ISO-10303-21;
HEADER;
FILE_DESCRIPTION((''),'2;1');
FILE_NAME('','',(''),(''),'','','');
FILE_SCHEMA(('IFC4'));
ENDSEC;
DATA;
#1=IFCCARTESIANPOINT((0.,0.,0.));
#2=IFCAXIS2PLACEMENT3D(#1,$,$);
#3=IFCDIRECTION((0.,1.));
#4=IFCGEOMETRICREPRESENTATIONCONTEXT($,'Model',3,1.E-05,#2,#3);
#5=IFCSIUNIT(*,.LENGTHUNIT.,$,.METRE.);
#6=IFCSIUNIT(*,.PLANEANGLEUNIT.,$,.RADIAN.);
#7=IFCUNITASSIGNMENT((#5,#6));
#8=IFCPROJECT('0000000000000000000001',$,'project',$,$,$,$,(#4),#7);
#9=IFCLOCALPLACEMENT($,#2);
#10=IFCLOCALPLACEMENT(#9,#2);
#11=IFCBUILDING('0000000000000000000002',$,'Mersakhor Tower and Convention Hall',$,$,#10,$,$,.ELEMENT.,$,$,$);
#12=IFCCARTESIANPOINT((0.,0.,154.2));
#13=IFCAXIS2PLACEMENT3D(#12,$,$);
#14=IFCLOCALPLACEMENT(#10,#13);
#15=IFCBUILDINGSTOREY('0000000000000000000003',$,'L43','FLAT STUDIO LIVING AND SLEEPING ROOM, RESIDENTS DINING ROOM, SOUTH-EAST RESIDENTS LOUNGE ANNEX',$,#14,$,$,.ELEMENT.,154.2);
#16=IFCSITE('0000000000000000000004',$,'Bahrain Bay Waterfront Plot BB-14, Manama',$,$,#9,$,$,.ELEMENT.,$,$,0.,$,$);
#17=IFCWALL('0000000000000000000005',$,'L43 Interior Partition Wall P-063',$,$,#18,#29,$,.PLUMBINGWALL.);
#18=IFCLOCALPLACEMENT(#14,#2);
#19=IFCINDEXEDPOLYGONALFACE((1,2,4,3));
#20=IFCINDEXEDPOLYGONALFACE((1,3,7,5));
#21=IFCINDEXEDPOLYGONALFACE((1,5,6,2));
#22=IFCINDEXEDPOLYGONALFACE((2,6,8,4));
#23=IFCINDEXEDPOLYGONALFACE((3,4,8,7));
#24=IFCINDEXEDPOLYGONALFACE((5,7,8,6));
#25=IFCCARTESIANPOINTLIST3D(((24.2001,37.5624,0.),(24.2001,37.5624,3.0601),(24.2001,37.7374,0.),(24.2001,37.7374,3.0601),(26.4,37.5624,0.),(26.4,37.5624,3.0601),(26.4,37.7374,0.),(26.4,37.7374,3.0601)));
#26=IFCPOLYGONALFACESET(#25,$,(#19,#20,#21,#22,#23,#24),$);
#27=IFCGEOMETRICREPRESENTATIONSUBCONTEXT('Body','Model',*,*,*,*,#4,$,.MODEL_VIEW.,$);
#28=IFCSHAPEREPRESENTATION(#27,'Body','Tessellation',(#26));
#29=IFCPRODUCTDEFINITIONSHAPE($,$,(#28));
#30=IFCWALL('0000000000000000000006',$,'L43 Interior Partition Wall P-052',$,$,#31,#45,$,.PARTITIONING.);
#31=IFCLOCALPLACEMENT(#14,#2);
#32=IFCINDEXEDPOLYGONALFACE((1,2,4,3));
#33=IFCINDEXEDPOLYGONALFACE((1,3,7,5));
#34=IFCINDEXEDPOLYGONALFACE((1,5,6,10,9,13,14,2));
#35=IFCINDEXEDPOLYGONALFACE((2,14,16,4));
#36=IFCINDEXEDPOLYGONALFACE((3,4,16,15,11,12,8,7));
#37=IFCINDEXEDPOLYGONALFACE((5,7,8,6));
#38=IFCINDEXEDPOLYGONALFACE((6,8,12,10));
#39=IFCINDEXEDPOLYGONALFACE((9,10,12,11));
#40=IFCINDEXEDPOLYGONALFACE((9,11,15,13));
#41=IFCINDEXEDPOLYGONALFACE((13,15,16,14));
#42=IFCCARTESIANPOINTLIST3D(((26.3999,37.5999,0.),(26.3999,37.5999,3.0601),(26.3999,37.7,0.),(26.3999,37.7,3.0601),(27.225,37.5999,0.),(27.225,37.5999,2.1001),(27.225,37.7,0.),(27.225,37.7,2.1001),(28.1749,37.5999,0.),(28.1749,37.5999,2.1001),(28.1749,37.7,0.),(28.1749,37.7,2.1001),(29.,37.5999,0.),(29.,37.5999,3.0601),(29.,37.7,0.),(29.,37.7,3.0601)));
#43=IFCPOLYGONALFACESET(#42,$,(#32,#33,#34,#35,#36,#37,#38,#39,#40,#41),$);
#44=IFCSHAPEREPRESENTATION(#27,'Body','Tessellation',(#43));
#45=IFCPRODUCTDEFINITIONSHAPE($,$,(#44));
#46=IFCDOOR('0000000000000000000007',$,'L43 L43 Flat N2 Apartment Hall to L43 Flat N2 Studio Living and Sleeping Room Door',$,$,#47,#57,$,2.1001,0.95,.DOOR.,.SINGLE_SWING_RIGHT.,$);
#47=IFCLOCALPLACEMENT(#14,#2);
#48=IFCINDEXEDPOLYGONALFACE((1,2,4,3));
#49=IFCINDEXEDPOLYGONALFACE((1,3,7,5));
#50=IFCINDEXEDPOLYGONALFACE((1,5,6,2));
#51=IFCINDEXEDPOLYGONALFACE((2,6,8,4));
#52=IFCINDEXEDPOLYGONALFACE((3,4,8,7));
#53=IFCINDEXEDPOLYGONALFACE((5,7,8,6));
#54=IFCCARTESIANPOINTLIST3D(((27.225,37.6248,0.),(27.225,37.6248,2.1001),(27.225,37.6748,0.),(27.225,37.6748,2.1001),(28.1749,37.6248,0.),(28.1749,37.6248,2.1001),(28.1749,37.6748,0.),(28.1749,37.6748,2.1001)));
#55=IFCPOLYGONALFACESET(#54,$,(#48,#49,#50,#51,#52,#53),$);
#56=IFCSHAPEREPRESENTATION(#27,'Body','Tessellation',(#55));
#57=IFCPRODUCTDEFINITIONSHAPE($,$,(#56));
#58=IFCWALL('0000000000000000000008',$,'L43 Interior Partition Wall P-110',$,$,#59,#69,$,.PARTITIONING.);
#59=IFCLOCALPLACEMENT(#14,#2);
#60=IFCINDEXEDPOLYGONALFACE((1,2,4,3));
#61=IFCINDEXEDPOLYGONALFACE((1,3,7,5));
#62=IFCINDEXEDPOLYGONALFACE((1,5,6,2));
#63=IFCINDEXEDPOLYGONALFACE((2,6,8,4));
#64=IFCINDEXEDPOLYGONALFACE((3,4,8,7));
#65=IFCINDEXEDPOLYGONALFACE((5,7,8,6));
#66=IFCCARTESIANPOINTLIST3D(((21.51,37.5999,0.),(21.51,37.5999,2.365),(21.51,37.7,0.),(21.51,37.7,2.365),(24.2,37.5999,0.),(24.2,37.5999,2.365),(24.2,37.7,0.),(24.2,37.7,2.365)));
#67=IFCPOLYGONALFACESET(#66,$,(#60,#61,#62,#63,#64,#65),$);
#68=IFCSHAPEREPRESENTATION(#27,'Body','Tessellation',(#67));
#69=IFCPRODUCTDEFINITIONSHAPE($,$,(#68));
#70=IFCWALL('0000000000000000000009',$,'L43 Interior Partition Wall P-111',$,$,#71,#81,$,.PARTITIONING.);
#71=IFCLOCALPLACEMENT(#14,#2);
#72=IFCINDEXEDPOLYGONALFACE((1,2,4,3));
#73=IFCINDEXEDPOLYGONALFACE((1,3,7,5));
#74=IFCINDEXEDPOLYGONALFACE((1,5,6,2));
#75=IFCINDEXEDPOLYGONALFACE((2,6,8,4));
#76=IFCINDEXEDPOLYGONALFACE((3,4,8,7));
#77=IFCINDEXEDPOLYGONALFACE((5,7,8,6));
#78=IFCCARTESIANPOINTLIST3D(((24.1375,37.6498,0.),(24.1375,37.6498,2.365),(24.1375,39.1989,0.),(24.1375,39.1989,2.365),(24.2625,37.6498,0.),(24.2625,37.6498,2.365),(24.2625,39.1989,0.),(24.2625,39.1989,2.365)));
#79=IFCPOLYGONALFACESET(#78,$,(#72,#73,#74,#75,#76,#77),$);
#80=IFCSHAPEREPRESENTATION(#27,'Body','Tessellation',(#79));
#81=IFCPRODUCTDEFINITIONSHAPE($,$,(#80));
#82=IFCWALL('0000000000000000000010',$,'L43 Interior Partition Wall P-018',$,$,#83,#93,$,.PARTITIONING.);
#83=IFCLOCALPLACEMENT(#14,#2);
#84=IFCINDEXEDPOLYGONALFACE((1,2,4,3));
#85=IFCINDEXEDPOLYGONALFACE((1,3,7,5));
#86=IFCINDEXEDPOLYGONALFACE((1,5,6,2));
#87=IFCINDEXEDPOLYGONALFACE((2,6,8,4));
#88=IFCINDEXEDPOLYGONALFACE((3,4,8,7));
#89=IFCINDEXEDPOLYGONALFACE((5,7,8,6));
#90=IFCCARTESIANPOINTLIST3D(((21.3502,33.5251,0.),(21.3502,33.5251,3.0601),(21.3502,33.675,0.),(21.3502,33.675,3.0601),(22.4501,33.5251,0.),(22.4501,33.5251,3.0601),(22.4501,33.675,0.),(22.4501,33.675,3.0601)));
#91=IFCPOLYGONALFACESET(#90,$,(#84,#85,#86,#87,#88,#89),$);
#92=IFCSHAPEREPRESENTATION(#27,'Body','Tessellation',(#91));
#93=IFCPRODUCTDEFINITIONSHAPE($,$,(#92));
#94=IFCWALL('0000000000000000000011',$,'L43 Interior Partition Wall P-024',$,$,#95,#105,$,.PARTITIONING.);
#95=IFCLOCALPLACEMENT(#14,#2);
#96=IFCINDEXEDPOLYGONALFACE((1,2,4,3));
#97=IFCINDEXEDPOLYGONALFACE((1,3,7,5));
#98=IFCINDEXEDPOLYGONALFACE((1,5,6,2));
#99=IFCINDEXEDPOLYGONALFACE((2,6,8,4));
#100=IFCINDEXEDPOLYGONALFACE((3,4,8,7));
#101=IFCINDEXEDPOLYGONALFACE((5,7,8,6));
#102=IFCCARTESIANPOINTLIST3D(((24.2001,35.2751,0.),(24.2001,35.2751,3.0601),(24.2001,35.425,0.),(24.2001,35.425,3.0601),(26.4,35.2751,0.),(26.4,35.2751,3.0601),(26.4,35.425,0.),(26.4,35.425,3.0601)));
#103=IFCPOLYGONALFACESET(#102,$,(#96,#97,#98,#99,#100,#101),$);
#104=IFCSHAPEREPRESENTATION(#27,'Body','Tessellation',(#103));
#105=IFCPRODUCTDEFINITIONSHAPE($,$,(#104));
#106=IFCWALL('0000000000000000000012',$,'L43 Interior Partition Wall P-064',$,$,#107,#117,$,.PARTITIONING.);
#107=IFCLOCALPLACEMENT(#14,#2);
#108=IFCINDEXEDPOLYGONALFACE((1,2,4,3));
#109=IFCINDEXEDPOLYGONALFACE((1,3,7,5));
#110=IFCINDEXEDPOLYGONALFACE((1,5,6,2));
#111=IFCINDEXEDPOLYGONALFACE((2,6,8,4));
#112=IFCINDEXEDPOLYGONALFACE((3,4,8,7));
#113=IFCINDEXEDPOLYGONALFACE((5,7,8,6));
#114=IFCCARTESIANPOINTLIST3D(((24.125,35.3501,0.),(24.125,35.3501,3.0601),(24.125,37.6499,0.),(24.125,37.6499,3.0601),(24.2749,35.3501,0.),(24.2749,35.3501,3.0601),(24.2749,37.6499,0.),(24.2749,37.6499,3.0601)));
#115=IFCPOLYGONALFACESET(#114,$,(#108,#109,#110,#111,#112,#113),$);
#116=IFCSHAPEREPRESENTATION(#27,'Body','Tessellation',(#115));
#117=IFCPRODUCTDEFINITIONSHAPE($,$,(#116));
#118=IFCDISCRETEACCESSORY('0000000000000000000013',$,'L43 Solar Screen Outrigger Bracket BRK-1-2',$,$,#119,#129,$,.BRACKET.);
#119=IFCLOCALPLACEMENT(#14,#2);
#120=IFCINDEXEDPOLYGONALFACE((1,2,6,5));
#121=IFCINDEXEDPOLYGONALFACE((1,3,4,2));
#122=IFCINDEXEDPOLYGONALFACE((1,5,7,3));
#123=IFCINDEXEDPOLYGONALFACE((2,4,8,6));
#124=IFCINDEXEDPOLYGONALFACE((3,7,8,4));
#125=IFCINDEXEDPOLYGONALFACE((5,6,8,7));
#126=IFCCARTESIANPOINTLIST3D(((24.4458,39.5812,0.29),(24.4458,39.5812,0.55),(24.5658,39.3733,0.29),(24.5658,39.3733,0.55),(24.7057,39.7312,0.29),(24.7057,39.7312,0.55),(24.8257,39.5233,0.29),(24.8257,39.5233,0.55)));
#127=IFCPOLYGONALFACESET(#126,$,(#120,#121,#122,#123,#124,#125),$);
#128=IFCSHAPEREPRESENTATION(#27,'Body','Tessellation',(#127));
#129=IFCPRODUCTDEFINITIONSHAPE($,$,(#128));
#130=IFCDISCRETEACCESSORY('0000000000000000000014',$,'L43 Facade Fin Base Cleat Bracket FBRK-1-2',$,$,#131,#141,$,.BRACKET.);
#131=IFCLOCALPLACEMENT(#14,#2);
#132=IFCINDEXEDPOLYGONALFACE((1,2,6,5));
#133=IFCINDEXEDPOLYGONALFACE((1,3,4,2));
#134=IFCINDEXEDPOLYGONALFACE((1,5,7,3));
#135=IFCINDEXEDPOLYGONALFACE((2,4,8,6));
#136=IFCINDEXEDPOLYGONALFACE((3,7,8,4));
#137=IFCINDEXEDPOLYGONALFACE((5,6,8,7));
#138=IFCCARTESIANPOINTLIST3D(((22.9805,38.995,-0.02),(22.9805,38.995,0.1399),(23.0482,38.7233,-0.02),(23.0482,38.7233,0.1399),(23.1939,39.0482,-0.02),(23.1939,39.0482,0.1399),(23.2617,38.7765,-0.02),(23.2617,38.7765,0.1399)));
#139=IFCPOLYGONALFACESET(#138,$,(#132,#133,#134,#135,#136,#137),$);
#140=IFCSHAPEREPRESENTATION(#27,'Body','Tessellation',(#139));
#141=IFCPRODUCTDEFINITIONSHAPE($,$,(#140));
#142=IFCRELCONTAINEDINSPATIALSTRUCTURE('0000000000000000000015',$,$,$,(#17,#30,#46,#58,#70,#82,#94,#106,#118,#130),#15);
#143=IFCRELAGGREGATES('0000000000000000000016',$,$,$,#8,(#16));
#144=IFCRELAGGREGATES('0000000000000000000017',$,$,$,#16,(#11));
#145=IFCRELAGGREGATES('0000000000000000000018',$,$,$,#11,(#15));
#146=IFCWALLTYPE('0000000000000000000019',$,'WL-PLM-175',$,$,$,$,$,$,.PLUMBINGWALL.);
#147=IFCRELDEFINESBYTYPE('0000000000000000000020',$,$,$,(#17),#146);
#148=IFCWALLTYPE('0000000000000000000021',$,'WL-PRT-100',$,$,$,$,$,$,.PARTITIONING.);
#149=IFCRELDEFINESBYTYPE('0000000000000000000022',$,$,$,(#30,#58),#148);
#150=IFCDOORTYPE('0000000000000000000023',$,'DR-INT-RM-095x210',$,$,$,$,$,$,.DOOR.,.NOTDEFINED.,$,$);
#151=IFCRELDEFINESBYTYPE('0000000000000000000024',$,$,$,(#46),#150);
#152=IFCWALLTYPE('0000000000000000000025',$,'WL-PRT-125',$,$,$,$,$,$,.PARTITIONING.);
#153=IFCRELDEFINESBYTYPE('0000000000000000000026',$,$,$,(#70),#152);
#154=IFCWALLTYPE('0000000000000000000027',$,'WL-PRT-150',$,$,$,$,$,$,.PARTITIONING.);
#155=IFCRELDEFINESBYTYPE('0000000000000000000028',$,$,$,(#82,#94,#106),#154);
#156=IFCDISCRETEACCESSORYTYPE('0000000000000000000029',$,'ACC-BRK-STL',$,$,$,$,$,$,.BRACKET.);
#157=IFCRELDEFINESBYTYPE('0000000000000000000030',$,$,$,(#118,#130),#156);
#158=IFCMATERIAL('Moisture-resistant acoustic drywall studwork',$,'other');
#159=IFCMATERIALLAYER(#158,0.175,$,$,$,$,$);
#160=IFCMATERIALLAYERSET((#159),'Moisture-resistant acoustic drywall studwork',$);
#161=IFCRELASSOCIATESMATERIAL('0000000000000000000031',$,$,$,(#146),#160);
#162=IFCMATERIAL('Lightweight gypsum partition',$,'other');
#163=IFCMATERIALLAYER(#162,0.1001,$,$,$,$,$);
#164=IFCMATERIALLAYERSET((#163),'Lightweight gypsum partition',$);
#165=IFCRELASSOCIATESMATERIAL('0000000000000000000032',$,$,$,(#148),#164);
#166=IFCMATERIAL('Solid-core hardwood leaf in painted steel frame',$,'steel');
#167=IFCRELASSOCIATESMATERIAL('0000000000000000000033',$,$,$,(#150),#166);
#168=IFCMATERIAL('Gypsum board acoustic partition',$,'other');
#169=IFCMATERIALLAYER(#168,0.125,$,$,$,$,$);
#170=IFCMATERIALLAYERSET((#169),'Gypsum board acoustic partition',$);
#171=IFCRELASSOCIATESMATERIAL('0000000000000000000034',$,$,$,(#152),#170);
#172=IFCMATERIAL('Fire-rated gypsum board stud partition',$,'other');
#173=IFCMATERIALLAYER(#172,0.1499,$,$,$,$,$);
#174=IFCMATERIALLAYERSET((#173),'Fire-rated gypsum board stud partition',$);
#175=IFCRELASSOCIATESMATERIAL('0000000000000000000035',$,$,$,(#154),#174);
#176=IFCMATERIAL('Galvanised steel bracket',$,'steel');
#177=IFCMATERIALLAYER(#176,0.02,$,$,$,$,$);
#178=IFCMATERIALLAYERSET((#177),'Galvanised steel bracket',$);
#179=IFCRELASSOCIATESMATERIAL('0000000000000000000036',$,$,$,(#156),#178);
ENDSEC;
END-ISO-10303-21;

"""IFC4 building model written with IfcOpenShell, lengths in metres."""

from ifc_helpers import new_model, si_unit, direction, frame, frame_2d, origin, origin_2d, place, context, subcontext, project, spatial, rectangle, extrude, material, layer, layer_set, type_object, element, fill, save


model = new_model("IFC4")

# Units and contexts
model_context = context("Model", 3, precision=1e-05, world=origin(), true_north=direction((0.0, 1.0)))
body_context = subcontext(model_context, "Body", "Model", "MODEL_VIEW")
ifc_project = project(units=[si_unit("LENGTHUNIT", "METRE"), si_unit("PLANEANGLEUNIT", "RADIAN")], contexts=[model_context])

# Site, building, storey
site_placement = place(None, origin())
site = spatial("IfcSite", under=ifc_project, at=site_placement, Name="Bahrain Bay Waterfront Plot BB-14, Manama", CompositionType="ELEMENT", RefElevation=0.0)
building_placement = place(site_placement, origin())
building = spatial("IfcBuilding", under=site, at=building_placement, Name="Mersakhor Tower and Convention Hall", CompositionType="ELEMENT")
storey_placement = place(building_placement, frame((0.0, 0.0, 154.2)))
storey = spatial("IfcBuildingStorey", under=building, at=storey_placement, Name="L43", Description="FLAT STUDIO LIVING AND SLEEPING ROOM, RESIDENTS DINING ROOM, SOUTH-EAST RESIDENTS LOUNGE ANNEX", CompositionType="ELEMENT", Elevation=154.2)

# Shared definitions
ifc_material_1 = material(Name="Moisture-resistant acoustic drywall studwork", Category="other")
ifc_layer_1 = layer(ifc_material_1, 0.175)
ifc_layer_set_1 = layer_set([ifc_layer_1], Name="Moisture-resistant acoustic drywall studwork")
wall_type_1 = type_object("IfcWallType", Name="WL-PLM-175", PredefinedType="PLUMBINGWALL", material=ifc_layer_set_1)

# Wall
wall_1_placement = place(storey_placement, frame((24.2, 37.6499, 0.0), z_axis=(0.0, 0.0, 1.0), x_axis=(1.0, 0.0, 0.0)))
element("IfcWall", 1, at=wall_1_placement, inside=storey, type_object=wall_type_1, Name="L43 Interior Partition Wall P-063", PredefinedType="PLUMBINGWALL", context=body_context, shape_type="SweptSolid", body=[
    extrude(rectangle(XDim=2.2, YDim=0.175, at=frame_2d((1.1001, 0.0))), origin(), (0.0, 0.0, 1.0), 3.0601),
])

# Wall, opening, door
ifc_material_2 = material(Name="Lightweight gypsum partition", Category="other")
ifc_layer_2 = layer(ifc_material_2, 0.1001)
ifc_layer_set_2 = layer_set([ifc_layer_2], Name="Lightweight gypsum partition")
wall_type_2 = type_object("IfcWallType", Name="WL-PRT-100", PredefinedType="PARTITIONING", material=ifc_layer_set_2)
wall_2_placement = place(storey_placement, frame((26.3999, 37.6499, 0.0), z_axis=(0.0, 0.0, 1.0), x_axis=(1.0, 0.0, 0.0)))
wall_2 = element("IfcWall", 2, at=wall_2_placement, inside=storey, type_object=wall_type_2, Name="L43 Interior Partition Wall P-052", PredefinedType="PARTITIONING", context=body_context, shape_type="SweptSolid", body=[
    extrude(rectangle(XDim=2.6001, YDim=0.1001, at=frame_2d((1.3, 0.0))), origin(), (0.0, 0.0, 1.0), 3.0601),
])
opening_1_placement = place(wall_2_placement, frame((0.825, 0.0, 0.0)))
opening_1 = element("IfcOpeningElement", 3, at=opening_1_placement, cuts=wall_2, PredefinedType="OPENING", context=body_context, shape_type="SweptSolid", body=[
    extrude(rectangle(XDim=0.95, YDim=2.1001, at=frame_2d((0.4751, 1.05))), frame((0.0, 0.0601, 0.0), z_axis=(0.0, -1.0, 0.0), x_axis=(1.0, 0.0, 0.0)), (0.0, 0.0, 1.0), 0.1201),
])
ifc_material_3 = material(Name="Solid-core hardwood leaf in painted steel frame", Category="steel")
door_type_1 = type_object("IfcDoorType", Name="DR-INT-RM-095x210", OperationType="NOTDEFINED", PredefinedType="DOOR", material=ifc_material_3)
door_1_placement = place(opening_1_placement, origin())
door_1 = element("IfcDoor", 4, at=door_1_placement, inside=storey, type_object=door_type_1, Name="L43 L43 Flat N2 Apartment Hall to L43 Flat N2 Studio Living and Sleeping Room Door", OperationType="SINGLE_SWING_RIGHT", OverallHeight=2.1001, OverallWidth=0.95, PredefinedType="DOOR", context=body_context, shape_type="SweptSolid", body=[
    extrude(rectangle(XDim=0.95, YDim=2.1001, at=frame_2d((0.4751, 1.05))), frame((0.0, 0.0249, 0.0), z_axis=(0.0, -1.0, 0.0), x_axis=(1.0, 0.0, 0.0)), (0.0, 0.0, 1.0), 0.05),
])
fill(opening_1, door_1)

# Walls
wall_3_placement = place(storey_placement, frame((21.51, 37.6499, 0.0), z_axis=(0.0, 0.0, 1.0), x_axis=(1.0, 0.0, 0.0)))
element("IfcWall", 5, at=wall_3_placement, inside=storey, type_object=wall_type_2, Name="L43 Interior Partition Wall P-110", PredefinedType="PARTITIONING", context=body_context, shape_type="SweptSolid", body=[
    extrude(rectangle(XDim=2.6899, YDim=0.1001, at=frame_2d((1.345, 0.0))), origin(), (0.0, 0.0, 1.0), 2.365),
])
ifc_material_4 = material(Name="Gypsum board acoustic partition", Category="other")
ifc_layer_3 = layer(ifc_material_4, 0.125)
ifc_layer_set_3 = layer_set([ifc_layer_3], Name="Gypsum board acoustic partition")
wall_type_3 = type_object("IfcWallType", Name="WL-PRT-125", PredefinedType="PARTITIONING", material=ifc_layer_set_3)
wall_4_placement = place(storey_placement, frame((24.2, 37.6499, 0.0), z_axis=(0.0, 0.0, 1.0), x_axis=(0.0, 1.0, 0.0)))
element("IfcWall", 6, at=wall_4_placement, inside=storey, type_object=wall_type_3, Name="L43 Interior Partition Wall P-111", PredefinedType="PARTITIONING", context=body_context, shape_type="SweptSolid", body=[
    extrude(rectangle(XDim=1.5491, YDim=0.125, at=frame_2d((0.7744, 0.0))), origin(), (0.0, 0.0, 1.0), 2.365),
])
ifc_material_5 = material(Name="Fire-rated gypsum board stud partition", Category="other")
ifc_layer_4 = layer(ifc_material_5, 0.1499)
ifc_layer_set_4 = layer_set([ifc_layer_4], Name="Fire-rated gypsum board stud partition")
wall_type_4 = type_object("IfcWallType", Name="WL-PRT-150", PredefinedType="PARTITIONING", material=ifc_layer_set_4)
wall_5_placement = place(storey_placement, frame((22.45, 33.6001, 0.0), z_axis=(0.0, 0.0, 1.0), x_axis=(-1.0, 0.0, 0.0)))
element("IfcWall", 7, at=wall_5_placement, inside=storey, type_object=wall_type_4, Name="L43 Interior Partition Wall P-018", PredefinedType="PARTITIONING", context=body_context, shape_type="SweptSolid", body=[
    extrude(rectangle(XDim=1.0999, YDim=0.1499, at=frame_2d((0.5498, 0.0))), origin(), (0.0, 0.0, 1.0), 3.0601),
])
wall_6_placement = place(storey_placement, frame((24.2, 35.3501, 0.0), z_axis=(0.0, 0.0, 1.0), x_axis=(1.0, 0.0, 0.0)))
element("IfcWall", 8, at=wall_6_placement, inside=storey, type_object=wall_type_4, Name="L43 Interior Partition Wall P-024", PredefinedType="PARTITIONING", context=body_context, shape_type="SweptSolid", body=[
    extrude(rectangle(XDim=2.2, YDim=0.1499, at=frame_2d((1.1001, 0.0))), origin(), (0.0, 0.0, 1.0), 3.0601),
])

# Wall
wall_7_placement = place(storey_placement, frame((24.2, 35.3501, 0.0), z_axis=(0.0, 0.0, 1.0), x_axis=(0.0, 1.0, 0.0)))
element("IfcWall", 9, at=wall_7_placement, inside=storey, type_object=wall_type_4, Name="L43 Interior Partition Wall P-064", PredefinedType="PARTITIONING", context=body_context, shape_type="SweptSolid", body=[
    extrude(rectangle(XDim=2.2998, YDim=0.1499, at=frame_2d((1.1499, 0.0))), origin(), (0.0, 0.0, 1.0), 3.0601),
])

# Discrete accessories
ifc_material_6 = material(Name="Galvanised steel bracket", Category="steel")
ifc_layer_5 = layer(ifc_material_6, 0.02)
ifc_layer_set_5 = layer_set([ifc_layer_5], Name="Galvanised steel bracket")
discrete_accessory_type = type_object("IfcDiscreteAccessoryType", Name="ACC-BRK-STL", PredefinedType="BRACKET", material=ifc_layer_set_5)
discrete_accessory_1_placement = place(storey_placement, frame((24.6357, 39.5522, 0.29), z_axis=(0.0, 0.0, 1.0), x_axis=(0.866025, 0.5, 0.0)))
element("IfcDiscreteAccessory", 10, at=discrete_accessory_1_placement, inside=storey, type_object=discrete_accessory_type, Name="L43 Solar Screen Outrigger Bracket BRK-1-2", PredefinedType="BRACKET", context=body_context, shape_type="SweptSolid", body=[
    extrude(rectangle(XDim=0.3, YDim=0.24, at=origin_2d()), origin(), (0.0, 0.0, 1.0), 0.26),
])
discrete_accessory_2_placement = place(storey_placement, frame((23.1211, 38.8857, -0.02), z_axis=(0.0, 0.0, 1.0), x_axis=(-0.241922, 0.970296, 0.0)))
element("IfcDiscreteAccessory", 11, at=discrete_accessory_2_placement, inside=storey, type_object=discrete_accessory_type, Name="L43 Facade Fin Base Cleat Bracket FBRK-1-2", PredefinedType="BRACKET", context=body_context, shape_type="SweptSolid", body=[
    extrude(rectangle(XDim=0.28, YDim=0.22, at=origin_2d()), origin(), (0.0, 0.0, 1.0), 0.1599),
])

save(model, "model.ifc")
